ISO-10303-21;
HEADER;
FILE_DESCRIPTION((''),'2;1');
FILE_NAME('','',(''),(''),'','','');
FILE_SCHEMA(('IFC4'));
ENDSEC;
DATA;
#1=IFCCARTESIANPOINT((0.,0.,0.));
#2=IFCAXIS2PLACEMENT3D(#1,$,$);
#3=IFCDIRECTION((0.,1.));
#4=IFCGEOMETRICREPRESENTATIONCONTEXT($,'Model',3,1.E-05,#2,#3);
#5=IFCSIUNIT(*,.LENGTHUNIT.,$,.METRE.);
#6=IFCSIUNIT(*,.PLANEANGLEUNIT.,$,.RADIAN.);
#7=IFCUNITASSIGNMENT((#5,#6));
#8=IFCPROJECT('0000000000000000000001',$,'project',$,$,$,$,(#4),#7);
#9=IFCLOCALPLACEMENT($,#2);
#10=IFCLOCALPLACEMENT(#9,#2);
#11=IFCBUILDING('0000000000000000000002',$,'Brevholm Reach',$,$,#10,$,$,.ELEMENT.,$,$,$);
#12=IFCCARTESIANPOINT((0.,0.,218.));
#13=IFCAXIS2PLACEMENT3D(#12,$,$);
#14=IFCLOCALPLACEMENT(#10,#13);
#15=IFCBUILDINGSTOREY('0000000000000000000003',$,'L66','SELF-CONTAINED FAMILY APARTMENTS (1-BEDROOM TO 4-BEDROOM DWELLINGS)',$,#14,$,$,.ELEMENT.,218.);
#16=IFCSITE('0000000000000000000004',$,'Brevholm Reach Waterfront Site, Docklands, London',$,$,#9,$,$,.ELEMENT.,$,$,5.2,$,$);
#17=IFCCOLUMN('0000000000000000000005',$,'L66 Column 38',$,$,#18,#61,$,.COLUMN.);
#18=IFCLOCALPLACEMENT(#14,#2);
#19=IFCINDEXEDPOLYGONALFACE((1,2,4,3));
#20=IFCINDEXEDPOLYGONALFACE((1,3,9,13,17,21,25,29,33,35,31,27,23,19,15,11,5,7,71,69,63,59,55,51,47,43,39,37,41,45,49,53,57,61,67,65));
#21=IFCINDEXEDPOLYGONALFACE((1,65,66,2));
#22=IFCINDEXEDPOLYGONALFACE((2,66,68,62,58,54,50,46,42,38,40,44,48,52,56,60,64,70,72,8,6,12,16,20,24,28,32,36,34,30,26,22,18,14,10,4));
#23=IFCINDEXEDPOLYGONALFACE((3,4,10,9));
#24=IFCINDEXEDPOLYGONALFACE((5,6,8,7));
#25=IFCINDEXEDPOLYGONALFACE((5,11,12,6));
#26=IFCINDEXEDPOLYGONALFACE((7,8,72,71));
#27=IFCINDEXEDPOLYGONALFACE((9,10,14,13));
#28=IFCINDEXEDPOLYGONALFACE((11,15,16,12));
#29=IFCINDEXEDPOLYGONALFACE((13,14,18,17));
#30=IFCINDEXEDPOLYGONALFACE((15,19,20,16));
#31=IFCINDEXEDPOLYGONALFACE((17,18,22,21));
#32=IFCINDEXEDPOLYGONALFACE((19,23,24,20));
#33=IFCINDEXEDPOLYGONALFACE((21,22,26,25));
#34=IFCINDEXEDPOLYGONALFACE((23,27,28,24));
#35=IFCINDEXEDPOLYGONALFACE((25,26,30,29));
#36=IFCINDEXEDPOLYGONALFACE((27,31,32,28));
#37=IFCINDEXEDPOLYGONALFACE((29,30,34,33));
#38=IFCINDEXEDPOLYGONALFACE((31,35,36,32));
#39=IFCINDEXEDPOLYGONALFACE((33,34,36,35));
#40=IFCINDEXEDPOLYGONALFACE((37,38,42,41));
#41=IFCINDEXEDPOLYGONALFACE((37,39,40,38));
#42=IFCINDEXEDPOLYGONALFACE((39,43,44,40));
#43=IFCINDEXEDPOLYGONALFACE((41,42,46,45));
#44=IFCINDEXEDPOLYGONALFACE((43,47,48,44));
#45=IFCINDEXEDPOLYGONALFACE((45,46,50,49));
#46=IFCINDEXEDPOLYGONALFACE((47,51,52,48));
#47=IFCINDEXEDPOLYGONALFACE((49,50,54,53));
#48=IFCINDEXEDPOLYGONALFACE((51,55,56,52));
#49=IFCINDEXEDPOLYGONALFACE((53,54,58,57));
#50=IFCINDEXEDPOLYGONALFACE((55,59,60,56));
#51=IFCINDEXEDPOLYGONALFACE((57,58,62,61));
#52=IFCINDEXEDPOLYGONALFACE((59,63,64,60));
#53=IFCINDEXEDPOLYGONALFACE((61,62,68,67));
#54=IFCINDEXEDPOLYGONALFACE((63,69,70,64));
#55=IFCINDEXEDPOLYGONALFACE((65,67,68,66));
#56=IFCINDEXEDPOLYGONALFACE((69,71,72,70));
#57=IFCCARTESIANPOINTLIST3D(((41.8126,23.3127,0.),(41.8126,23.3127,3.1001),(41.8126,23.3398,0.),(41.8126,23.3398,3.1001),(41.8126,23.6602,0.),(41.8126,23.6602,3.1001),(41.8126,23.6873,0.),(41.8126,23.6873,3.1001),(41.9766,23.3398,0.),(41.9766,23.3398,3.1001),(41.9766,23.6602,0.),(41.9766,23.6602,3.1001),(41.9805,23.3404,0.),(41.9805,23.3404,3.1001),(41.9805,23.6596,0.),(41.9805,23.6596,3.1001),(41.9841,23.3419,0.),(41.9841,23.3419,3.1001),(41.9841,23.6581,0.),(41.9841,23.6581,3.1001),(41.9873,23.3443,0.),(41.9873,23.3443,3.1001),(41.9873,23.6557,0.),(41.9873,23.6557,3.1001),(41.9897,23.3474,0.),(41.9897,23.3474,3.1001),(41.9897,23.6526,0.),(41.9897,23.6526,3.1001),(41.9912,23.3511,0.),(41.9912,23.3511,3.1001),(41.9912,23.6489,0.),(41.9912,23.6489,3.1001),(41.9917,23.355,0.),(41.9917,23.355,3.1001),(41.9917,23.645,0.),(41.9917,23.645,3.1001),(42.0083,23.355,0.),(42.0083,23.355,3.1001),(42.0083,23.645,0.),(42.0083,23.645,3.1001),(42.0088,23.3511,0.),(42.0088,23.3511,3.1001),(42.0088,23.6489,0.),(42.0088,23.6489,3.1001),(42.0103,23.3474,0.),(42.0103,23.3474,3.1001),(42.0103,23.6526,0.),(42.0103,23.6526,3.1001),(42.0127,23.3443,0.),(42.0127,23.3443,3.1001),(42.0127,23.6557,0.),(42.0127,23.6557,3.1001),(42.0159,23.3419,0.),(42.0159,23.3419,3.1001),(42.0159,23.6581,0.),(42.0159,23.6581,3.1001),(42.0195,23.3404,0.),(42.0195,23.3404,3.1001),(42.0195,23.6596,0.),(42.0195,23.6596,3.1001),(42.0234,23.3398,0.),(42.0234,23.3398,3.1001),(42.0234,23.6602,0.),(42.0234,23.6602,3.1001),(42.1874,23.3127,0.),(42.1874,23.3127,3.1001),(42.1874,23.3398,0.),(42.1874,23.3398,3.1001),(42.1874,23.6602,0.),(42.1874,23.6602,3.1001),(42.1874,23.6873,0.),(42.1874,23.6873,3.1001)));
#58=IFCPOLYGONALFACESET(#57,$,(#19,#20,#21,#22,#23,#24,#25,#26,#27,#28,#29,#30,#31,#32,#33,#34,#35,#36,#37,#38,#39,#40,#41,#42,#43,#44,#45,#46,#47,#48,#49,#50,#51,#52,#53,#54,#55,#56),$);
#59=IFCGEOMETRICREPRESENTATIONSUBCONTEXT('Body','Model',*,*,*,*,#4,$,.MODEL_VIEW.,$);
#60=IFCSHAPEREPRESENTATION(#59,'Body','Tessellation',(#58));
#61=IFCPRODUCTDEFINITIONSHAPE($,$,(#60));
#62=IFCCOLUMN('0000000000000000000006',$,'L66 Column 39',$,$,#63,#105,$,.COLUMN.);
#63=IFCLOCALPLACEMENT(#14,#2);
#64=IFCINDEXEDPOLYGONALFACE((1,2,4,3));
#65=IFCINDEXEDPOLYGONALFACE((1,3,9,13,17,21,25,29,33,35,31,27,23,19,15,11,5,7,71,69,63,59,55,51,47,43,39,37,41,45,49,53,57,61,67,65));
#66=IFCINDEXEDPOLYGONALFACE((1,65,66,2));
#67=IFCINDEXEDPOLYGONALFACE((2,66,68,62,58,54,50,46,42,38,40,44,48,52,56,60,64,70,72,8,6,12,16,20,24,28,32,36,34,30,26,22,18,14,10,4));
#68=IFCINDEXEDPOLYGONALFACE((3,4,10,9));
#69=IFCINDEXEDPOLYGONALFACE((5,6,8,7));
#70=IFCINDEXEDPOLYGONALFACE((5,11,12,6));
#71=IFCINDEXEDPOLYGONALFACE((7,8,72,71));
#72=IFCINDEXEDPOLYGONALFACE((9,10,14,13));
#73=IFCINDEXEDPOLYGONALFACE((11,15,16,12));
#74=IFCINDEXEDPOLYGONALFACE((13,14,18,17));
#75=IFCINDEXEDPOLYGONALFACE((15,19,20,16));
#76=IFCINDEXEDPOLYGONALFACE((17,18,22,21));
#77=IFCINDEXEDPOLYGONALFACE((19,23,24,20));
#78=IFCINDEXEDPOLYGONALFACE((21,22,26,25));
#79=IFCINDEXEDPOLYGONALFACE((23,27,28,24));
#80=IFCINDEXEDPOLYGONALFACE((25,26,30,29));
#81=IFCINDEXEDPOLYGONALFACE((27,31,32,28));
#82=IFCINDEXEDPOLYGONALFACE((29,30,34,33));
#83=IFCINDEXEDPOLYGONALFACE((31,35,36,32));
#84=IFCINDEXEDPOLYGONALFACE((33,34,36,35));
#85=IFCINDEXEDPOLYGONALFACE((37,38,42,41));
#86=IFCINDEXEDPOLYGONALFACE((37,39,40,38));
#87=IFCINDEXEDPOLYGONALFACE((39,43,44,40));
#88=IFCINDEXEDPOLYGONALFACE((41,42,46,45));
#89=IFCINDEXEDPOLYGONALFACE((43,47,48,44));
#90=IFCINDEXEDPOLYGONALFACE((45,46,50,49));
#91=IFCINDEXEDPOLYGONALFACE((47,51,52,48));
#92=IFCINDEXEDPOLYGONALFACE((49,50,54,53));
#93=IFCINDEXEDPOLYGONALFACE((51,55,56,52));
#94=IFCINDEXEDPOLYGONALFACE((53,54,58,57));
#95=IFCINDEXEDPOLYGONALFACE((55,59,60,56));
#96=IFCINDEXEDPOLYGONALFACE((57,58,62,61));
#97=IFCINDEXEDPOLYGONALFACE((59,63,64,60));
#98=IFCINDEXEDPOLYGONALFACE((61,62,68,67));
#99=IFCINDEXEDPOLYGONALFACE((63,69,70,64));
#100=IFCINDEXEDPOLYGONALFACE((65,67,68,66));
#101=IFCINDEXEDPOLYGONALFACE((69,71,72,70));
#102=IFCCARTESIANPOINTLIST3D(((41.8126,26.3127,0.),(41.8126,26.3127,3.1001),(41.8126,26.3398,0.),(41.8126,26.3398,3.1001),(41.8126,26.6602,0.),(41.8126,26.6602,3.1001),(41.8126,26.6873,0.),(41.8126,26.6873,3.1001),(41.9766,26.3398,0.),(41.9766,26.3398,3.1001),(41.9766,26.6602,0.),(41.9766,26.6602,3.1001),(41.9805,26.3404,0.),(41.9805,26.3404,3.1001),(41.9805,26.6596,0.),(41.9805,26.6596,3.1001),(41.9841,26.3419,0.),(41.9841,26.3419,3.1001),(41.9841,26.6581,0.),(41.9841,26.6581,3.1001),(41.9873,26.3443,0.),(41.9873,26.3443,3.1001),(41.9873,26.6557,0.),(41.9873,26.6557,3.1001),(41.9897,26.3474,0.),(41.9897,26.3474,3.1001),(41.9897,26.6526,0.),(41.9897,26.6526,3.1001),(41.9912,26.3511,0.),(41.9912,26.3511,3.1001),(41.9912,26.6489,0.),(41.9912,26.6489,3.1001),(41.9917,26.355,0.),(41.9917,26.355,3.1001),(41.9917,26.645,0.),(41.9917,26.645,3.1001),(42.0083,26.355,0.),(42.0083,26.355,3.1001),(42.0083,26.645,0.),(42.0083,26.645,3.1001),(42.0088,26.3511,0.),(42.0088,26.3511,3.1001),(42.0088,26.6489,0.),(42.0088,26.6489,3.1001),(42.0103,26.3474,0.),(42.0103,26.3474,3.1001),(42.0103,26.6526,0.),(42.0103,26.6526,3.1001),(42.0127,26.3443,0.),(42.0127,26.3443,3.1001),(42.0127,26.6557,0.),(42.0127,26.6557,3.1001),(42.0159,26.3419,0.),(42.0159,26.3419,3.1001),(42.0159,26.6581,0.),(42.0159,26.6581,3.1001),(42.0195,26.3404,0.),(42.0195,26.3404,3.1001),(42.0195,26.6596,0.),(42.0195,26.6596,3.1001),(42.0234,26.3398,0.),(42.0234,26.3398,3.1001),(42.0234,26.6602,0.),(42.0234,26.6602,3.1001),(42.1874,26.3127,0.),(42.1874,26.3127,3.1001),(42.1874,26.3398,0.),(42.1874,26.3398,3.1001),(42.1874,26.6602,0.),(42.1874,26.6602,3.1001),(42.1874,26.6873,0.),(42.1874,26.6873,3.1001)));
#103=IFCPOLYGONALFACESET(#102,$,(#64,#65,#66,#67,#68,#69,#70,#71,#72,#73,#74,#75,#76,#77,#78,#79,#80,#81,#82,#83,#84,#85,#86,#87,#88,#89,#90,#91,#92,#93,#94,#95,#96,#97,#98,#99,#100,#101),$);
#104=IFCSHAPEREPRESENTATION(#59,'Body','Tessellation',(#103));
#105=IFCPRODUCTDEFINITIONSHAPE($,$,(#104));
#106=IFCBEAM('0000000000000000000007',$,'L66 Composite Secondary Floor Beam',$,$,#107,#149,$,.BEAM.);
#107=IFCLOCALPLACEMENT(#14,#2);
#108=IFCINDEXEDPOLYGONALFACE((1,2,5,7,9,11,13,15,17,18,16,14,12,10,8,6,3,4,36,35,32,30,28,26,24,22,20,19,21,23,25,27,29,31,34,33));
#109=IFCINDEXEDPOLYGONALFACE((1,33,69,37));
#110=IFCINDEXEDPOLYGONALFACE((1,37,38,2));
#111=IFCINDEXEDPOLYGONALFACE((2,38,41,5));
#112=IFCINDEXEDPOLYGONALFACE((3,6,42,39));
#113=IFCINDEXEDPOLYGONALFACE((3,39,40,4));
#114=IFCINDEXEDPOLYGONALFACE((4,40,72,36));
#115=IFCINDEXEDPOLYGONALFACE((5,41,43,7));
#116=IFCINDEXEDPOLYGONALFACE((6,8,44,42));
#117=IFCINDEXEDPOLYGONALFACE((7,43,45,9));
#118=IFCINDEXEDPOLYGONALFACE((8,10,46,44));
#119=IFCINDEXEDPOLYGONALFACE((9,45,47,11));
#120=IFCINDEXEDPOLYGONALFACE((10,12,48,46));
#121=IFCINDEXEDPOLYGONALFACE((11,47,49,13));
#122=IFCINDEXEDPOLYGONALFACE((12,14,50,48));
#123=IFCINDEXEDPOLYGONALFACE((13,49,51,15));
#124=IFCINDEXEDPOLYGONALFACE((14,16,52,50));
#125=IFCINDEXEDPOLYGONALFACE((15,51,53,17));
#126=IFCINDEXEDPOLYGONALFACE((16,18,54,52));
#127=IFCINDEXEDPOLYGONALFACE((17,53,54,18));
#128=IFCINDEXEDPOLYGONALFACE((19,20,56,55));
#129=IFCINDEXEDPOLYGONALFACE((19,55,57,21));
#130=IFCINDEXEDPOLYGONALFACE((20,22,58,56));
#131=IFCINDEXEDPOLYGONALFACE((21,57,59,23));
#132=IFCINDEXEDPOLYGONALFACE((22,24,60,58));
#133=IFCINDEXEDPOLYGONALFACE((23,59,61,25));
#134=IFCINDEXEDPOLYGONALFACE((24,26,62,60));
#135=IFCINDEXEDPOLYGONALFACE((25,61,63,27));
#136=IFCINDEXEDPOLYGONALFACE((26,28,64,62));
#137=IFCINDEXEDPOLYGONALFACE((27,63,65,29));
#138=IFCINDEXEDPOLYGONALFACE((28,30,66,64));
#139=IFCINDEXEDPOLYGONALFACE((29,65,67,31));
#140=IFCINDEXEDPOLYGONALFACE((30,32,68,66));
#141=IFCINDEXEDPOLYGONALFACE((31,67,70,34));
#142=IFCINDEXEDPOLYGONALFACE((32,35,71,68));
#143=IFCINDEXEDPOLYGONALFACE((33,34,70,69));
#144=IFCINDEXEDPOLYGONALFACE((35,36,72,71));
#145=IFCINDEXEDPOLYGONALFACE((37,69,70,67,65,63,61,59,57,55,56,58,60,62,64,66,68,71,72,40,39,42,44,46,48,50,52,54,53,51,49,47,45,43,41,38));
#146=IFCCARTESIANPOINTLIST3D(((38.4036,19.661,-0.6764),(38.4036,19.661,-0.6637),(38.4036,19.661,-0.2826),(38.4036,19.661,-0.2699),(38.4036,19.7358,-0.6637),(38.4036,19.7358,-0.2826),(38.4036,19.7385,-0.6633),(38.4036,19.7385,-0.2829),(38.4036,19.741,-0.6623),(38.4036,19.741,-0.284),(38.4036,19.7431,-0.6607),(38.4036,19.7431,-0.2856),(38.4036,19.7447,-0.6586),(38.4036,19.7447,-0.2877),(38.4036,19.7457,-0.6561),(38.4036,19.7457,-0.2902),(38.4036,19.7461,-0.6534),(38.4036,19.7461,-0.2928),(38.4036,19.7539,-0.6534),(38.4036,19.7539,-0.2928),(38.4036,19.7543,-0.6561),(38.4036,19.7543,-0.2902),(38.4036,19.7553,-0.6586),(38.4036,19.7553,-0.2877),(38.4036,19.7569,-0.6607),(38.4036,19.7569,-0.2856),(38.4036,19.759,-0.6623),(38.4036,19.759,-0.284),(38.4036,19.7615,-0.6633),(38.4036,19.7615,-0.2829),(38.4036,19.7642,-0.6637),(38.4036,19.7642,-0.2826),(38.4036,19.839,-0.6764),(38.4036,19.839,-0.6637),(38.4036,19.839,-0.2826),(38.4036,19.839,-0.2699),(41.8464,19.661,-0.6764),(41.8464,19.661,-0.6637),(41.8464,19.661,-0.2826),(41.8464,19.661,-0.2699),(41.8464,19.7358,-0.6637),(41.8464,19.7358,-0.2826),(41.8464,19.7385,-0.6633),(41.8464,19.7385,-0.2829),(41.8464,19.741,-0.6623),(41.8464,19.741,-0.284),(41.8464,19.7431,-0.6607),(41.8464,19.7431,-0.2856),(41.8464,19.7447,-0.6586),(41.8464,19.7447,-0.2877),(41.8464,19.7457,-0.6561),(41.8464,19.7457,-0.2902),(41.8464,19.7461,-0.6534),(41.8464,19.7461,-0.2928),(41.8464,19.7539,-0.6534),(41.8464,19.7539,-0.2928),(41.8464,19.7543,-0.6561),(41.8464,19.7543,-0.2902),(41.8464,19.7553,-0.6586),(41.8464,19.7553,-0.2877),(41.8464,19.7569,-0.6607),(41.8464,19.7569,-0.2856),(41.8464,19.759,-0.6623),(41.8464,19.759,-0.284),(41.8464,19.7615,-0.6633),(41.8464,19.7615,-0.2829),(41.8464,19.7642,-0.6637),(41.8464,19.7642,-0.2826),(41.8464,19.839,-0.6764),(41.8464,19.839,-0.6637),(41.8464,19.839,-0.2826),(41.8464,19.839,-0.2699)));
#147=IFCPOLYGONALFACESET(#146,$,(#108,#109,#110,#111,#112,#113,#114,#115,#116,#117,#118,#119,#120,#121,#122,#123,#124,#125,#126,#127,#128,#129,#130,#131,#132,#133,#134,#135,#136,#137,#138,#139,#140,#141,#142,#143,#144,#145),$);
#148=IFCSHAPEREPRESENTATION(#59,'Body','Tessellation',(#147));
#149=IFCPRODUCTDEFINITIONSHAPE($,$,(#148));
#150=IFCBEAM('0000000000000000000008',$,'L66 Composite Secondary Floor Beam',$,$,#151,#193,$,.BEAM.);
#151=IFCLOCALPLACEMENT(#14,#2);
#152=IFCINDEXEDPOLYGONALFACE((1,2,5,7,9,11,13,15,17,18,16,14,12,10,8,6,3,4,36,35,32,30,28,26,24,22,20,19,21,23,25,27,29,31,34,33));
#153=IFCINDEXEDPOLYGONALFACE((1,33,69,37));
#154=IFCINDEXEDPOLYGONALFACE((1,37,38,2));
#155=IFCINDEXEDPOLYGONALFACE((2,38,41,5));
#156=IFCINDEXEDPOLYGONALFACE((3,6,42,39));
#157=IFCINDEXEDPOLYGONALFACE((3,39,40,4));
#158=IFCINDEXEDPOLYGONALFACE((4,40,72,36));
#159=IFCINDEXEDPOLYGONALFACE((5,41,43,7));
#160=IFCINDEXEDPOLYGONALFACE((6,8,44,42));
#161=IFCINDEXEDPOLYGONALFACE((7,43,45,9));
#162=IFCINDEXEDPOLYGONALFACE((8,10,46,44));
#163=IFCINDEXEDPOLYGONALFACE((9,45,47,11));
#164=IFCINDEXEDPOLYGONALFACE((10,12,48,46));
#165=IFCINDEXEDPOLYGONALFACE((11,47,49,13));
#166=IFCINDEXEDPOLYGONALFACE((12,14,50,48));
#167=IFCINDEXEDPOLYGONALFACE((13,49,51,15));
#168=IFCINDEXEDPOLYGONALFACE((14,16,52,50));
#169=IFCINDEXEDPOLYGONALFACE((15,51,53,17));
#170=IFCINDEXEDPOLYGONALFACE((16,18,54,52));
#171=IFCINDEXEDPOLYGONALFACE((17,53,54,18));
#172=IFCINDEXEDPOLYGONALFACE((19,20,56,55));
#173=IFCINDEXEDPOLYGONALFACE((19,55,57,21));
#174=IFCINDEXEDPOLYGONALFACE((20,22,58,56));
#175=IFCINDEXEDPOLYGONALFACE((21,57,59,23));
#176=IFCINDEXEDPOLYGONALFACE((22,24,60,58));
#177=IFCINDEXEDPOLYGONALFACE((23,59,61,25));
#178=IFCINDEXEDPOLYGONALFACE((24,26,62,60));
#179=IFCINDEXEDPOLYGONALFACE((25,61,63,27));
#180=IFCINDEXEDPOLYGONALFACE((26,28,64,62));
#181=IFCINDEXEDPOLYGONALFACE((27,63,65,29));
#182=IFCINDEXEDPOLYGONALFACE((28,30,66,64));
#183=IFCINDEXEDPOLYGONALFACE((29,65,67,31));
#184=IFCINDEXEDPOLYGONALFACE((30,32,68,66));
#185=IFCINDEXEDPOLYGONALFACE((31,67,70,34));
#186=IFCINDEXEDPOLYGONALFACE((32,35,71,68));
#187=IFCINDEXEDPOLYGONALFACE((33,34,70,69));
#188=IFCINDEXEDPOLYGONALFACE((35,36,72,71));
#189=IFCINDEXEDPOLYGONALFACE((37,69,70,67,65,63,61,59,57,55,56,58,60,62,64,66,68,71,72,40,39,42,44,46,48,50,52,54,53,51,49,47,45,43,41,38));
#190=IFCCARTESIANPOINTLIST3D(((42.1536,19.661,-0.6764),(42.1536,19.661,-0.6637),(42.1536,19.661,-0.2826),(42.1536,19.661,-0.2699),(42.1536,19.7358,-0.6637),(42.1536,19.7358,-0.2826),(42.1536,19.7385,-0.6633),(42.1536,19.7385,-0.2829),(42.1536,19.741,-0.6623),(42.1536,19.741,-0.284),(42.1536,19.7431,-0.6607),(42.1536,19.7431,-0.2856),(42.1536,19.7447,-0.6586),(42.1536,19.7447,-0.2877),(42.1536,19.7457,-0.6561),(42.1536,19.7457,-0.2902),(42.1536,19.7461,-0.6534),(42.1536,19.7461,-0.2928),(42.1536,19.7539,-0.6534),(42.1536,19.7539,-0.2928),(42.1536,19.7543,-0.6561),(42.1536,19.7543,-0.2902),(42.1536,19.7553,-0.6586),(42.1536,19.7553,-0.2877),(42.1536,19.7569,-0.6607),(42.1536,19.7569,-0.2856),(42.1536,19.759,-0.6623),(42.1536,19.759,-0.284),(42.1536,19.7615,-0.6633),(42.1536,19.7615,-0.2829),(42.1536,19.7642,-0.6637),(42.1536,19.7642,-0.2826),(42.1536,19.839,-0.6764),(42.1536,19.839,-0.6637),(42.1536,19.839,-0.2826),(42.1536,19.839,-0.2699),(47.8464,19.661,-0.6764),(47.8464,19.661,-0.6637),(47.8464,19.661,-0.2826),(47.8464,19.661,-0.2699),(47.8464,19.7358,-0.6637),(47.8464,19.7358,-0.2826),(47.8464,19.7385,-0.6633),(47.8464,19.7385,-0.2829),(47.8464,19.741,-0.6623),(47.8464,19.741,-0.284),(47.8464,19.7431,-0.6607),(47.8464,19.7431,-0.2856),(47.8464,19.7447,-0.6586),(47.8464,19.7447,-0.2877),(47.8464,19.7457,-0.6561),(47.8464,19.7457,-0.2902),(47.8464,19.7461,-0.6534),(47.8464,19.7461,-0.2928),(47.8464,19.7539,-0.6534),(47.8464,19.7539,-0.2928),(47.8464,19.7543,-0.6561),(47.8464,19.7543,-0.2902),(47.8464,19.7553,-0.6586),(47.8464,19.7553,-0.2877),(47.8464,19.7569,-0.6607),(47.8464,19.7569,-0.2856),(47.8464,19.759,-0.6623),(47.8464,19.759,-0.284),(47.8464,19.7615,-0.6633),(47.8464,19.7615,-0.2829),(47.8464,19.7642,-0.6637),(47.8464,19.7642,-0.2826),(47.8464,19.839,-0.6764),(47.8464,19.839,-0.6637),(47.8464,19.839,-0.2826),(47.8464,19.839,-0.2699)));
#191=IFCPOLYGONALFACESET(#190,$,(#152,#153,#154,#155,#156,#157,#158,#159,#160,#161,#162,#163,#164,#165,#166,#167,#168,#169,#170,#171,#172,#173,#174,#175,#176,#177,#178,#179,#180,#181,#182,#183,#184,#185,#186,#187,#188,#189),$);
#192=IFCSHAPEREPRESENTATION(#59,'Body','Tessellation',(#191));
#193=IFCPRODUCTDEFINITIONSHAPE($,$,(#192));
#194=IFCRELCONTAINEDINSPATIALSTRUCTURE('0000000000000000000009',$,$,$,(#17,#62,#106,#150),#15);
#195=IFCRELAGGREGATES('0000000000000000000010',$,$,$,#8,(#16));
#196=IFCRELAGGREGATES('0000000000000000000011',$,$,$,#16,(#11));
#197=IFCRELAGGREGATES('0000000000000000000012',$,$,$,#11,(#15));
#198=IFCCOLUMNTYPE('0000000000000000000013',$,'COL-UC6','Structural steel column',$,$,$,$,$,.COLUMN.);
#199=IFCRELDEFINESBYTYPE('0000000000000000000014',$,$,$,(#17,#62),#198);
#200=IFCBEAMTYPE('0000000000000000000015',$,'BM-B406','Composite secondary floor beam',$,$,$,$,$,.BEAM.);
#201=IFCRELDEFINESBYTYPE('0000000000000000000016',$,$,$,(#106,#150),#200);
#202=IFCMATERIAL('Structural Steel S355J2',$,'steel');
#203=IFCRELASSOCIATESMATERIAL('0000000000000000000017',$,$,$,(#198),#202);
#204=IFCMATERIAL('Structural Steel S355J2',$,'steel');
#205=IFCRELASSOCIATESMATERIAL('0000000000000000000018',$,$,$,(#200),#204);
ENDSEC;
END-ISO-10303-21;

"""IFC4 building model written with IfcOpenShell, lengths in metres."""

from ifc_helpers import new_model, si_unit, direction, frame, origin, origin_2d, place, context, subcontext, project, spatial, i_section, extrude, material, material_profile, profile_set, type_object, element, save


model = new_model("IFC4")

# Units and contexts
model_context = context("Model", 3, precision=1e-05, world=origin(), true_north=direction((0.0, 1.0)))
body_context = subcontext(model_context, "Body", "Model", "MODEL_VIEW")
ifc_project = project(units=[si_unit("LENGTHUNIT", "METRE"), si_unit("PLANEANGLEUNIT", "RADIAN")], contexts=[model_context])

# Site, building, storey
site_placement = place(None, origin())
site = spatial("IfcSite", under=ifc_project, at=site_placement, Name="Brevholm Reach Waterfront Site, Docklands, London", CompositionType="ELEMENT", RefElevation=5.2)
building_placement = place(site_placement, origin())
building = spatial("IfcBuilding", under=site, at=building_placement, Name="Brevholm Reach", CompositionType="ELEMENT")
storey_placement = place(building_placement, frame((0.0, 0.0, 218.0)))
storey = spatial("IfcBuildingStorey", under=building, at=storey_placement, Name="L66", Description="SELF-CONTAINED FAMILY APARTMENTS (1-BEDROOM TO 4-BEDROOM DWELLINGS)", CompositionType="ELEMENT", Elevation=218.0)

# Columns
ifc_material_1 = material(Name="Structural Steel S355J2", Category="steel")
ifc_material_profile_1 = material_profile(ifc_material_1, i_section(OverallWidth=0.3748, OverallDepth=0.3745, WebThickness=0.0166, FlangeThickness=0.0271, FilletRadius=0.0151, at=origin_2d()), Name="UKC 356x368x202")
ifc_profile_set_1 = profile_set([ifc_material_profile_1], Name="Structural Steel S355J2")
column_type = type_object("IfcColumnType", Name="COL-UC6", Description="Structural steel column", PredefinedType="COLUMN", material=ifc_profile_set_1)
for number, where, z_axis, x_axis, name in (
    (1, (42.0, 23.5, 0.0), (0.0, 0.0, 1.0), (1.0, 0.0, 0.0), "L66 Column 38"),
    (2, (42.0, 26.5, 0.0), (0.0, 0.0, 1.0), (1.0, 0.0, 0.0), "L66 Column 39"),
):
    element("IfcColumn", number, at=place(storey_placement, frame(where, z_axis=z_axis, x_axis=x_axis)), inside=storey, type_object=column_type, Name=name, PredefinedType="COLUMN", context=body_context, shape_type="SweptSolid", body=[
        extrude(i_section(OverallWidth=0.3748, OverallDepth=0.3745, WebThickness=0.0166, FlangeThickness=0.0271, FilletRadius=0.0151, at=origin_2d()), origin(), (0.0, 0.0, 1.0), 3.1001),
    ])

# Beams
ifc_material_2 = material(Name="Structural Steel S355J2", Category="steel")
ifc_material_profile_2 = material_profile(ifc_material_2, i_section(OverallWidth=0.178, OverallDepth=0.4065, WebThickness=0.0078, FlangeThickness=0.0127, FilletRadius=0.0103, at=origin_2d()), Name="UKB 406x178x60")
ifc_profile_set_2 = profile_set([ifc_material_profile_2], Name="Structural Steel S355J2")
beam_type_1 = type_object("IfcBeamType", Name="BM-B406", Description="Composite secondary floor beam", PredefinedType="BEAM", material=ifc_profile_set_2)
beam_1_placement = place(storey_placement, frame((38.4036, 19.75, -0.4731), z_axis=(1.0, 0.0, 0.0), x_axis=(0.0, 1.0, 0.0)))
element("IfcBeam", 3, at=beam_1_placement, inside=storey, type_object=beam_type_1, Name="L66 Composite Secondary Floor Beam", PredefinedType="BEAM", context=body_context, shape_type="SweptSolid", body=[
    extrude(i_section(OverallWidth=0.178, OverallDepth=0.4065, WebThickness=0.0078, FlangeThickness=0.0127, FilletRadius=0.0103, at=origin_2d()), origin(), (0.0, 0.0, 1.0), 3.4429),
])
beam_2_placement = place(storey_placement, frame((42.1536, 19.75, -0.4731), z_axis=(1.0, 0.0, 0.0), x_axis=(0.0, 1.0, 0.0)))
element("IfcBeam", 4, at=beam_2_placement, inside=storey, type_object=beam_type_1, Name="L66 Composite Secondary Floor Beam", PredefinedType="BEAM", context=body_context, shape_type="SweptSolid", body=[
    extrude(i_section(OverallWidth=0.178, OverallDepth=0.4065, WebThickness=0.0078, FlangeThickness=0.0127, FilletRadius=0.0103, at=origin_2d()), origin(), (0.0, 0.0, 1.0), 5.6929),
])

save(model, "model.ifc")
